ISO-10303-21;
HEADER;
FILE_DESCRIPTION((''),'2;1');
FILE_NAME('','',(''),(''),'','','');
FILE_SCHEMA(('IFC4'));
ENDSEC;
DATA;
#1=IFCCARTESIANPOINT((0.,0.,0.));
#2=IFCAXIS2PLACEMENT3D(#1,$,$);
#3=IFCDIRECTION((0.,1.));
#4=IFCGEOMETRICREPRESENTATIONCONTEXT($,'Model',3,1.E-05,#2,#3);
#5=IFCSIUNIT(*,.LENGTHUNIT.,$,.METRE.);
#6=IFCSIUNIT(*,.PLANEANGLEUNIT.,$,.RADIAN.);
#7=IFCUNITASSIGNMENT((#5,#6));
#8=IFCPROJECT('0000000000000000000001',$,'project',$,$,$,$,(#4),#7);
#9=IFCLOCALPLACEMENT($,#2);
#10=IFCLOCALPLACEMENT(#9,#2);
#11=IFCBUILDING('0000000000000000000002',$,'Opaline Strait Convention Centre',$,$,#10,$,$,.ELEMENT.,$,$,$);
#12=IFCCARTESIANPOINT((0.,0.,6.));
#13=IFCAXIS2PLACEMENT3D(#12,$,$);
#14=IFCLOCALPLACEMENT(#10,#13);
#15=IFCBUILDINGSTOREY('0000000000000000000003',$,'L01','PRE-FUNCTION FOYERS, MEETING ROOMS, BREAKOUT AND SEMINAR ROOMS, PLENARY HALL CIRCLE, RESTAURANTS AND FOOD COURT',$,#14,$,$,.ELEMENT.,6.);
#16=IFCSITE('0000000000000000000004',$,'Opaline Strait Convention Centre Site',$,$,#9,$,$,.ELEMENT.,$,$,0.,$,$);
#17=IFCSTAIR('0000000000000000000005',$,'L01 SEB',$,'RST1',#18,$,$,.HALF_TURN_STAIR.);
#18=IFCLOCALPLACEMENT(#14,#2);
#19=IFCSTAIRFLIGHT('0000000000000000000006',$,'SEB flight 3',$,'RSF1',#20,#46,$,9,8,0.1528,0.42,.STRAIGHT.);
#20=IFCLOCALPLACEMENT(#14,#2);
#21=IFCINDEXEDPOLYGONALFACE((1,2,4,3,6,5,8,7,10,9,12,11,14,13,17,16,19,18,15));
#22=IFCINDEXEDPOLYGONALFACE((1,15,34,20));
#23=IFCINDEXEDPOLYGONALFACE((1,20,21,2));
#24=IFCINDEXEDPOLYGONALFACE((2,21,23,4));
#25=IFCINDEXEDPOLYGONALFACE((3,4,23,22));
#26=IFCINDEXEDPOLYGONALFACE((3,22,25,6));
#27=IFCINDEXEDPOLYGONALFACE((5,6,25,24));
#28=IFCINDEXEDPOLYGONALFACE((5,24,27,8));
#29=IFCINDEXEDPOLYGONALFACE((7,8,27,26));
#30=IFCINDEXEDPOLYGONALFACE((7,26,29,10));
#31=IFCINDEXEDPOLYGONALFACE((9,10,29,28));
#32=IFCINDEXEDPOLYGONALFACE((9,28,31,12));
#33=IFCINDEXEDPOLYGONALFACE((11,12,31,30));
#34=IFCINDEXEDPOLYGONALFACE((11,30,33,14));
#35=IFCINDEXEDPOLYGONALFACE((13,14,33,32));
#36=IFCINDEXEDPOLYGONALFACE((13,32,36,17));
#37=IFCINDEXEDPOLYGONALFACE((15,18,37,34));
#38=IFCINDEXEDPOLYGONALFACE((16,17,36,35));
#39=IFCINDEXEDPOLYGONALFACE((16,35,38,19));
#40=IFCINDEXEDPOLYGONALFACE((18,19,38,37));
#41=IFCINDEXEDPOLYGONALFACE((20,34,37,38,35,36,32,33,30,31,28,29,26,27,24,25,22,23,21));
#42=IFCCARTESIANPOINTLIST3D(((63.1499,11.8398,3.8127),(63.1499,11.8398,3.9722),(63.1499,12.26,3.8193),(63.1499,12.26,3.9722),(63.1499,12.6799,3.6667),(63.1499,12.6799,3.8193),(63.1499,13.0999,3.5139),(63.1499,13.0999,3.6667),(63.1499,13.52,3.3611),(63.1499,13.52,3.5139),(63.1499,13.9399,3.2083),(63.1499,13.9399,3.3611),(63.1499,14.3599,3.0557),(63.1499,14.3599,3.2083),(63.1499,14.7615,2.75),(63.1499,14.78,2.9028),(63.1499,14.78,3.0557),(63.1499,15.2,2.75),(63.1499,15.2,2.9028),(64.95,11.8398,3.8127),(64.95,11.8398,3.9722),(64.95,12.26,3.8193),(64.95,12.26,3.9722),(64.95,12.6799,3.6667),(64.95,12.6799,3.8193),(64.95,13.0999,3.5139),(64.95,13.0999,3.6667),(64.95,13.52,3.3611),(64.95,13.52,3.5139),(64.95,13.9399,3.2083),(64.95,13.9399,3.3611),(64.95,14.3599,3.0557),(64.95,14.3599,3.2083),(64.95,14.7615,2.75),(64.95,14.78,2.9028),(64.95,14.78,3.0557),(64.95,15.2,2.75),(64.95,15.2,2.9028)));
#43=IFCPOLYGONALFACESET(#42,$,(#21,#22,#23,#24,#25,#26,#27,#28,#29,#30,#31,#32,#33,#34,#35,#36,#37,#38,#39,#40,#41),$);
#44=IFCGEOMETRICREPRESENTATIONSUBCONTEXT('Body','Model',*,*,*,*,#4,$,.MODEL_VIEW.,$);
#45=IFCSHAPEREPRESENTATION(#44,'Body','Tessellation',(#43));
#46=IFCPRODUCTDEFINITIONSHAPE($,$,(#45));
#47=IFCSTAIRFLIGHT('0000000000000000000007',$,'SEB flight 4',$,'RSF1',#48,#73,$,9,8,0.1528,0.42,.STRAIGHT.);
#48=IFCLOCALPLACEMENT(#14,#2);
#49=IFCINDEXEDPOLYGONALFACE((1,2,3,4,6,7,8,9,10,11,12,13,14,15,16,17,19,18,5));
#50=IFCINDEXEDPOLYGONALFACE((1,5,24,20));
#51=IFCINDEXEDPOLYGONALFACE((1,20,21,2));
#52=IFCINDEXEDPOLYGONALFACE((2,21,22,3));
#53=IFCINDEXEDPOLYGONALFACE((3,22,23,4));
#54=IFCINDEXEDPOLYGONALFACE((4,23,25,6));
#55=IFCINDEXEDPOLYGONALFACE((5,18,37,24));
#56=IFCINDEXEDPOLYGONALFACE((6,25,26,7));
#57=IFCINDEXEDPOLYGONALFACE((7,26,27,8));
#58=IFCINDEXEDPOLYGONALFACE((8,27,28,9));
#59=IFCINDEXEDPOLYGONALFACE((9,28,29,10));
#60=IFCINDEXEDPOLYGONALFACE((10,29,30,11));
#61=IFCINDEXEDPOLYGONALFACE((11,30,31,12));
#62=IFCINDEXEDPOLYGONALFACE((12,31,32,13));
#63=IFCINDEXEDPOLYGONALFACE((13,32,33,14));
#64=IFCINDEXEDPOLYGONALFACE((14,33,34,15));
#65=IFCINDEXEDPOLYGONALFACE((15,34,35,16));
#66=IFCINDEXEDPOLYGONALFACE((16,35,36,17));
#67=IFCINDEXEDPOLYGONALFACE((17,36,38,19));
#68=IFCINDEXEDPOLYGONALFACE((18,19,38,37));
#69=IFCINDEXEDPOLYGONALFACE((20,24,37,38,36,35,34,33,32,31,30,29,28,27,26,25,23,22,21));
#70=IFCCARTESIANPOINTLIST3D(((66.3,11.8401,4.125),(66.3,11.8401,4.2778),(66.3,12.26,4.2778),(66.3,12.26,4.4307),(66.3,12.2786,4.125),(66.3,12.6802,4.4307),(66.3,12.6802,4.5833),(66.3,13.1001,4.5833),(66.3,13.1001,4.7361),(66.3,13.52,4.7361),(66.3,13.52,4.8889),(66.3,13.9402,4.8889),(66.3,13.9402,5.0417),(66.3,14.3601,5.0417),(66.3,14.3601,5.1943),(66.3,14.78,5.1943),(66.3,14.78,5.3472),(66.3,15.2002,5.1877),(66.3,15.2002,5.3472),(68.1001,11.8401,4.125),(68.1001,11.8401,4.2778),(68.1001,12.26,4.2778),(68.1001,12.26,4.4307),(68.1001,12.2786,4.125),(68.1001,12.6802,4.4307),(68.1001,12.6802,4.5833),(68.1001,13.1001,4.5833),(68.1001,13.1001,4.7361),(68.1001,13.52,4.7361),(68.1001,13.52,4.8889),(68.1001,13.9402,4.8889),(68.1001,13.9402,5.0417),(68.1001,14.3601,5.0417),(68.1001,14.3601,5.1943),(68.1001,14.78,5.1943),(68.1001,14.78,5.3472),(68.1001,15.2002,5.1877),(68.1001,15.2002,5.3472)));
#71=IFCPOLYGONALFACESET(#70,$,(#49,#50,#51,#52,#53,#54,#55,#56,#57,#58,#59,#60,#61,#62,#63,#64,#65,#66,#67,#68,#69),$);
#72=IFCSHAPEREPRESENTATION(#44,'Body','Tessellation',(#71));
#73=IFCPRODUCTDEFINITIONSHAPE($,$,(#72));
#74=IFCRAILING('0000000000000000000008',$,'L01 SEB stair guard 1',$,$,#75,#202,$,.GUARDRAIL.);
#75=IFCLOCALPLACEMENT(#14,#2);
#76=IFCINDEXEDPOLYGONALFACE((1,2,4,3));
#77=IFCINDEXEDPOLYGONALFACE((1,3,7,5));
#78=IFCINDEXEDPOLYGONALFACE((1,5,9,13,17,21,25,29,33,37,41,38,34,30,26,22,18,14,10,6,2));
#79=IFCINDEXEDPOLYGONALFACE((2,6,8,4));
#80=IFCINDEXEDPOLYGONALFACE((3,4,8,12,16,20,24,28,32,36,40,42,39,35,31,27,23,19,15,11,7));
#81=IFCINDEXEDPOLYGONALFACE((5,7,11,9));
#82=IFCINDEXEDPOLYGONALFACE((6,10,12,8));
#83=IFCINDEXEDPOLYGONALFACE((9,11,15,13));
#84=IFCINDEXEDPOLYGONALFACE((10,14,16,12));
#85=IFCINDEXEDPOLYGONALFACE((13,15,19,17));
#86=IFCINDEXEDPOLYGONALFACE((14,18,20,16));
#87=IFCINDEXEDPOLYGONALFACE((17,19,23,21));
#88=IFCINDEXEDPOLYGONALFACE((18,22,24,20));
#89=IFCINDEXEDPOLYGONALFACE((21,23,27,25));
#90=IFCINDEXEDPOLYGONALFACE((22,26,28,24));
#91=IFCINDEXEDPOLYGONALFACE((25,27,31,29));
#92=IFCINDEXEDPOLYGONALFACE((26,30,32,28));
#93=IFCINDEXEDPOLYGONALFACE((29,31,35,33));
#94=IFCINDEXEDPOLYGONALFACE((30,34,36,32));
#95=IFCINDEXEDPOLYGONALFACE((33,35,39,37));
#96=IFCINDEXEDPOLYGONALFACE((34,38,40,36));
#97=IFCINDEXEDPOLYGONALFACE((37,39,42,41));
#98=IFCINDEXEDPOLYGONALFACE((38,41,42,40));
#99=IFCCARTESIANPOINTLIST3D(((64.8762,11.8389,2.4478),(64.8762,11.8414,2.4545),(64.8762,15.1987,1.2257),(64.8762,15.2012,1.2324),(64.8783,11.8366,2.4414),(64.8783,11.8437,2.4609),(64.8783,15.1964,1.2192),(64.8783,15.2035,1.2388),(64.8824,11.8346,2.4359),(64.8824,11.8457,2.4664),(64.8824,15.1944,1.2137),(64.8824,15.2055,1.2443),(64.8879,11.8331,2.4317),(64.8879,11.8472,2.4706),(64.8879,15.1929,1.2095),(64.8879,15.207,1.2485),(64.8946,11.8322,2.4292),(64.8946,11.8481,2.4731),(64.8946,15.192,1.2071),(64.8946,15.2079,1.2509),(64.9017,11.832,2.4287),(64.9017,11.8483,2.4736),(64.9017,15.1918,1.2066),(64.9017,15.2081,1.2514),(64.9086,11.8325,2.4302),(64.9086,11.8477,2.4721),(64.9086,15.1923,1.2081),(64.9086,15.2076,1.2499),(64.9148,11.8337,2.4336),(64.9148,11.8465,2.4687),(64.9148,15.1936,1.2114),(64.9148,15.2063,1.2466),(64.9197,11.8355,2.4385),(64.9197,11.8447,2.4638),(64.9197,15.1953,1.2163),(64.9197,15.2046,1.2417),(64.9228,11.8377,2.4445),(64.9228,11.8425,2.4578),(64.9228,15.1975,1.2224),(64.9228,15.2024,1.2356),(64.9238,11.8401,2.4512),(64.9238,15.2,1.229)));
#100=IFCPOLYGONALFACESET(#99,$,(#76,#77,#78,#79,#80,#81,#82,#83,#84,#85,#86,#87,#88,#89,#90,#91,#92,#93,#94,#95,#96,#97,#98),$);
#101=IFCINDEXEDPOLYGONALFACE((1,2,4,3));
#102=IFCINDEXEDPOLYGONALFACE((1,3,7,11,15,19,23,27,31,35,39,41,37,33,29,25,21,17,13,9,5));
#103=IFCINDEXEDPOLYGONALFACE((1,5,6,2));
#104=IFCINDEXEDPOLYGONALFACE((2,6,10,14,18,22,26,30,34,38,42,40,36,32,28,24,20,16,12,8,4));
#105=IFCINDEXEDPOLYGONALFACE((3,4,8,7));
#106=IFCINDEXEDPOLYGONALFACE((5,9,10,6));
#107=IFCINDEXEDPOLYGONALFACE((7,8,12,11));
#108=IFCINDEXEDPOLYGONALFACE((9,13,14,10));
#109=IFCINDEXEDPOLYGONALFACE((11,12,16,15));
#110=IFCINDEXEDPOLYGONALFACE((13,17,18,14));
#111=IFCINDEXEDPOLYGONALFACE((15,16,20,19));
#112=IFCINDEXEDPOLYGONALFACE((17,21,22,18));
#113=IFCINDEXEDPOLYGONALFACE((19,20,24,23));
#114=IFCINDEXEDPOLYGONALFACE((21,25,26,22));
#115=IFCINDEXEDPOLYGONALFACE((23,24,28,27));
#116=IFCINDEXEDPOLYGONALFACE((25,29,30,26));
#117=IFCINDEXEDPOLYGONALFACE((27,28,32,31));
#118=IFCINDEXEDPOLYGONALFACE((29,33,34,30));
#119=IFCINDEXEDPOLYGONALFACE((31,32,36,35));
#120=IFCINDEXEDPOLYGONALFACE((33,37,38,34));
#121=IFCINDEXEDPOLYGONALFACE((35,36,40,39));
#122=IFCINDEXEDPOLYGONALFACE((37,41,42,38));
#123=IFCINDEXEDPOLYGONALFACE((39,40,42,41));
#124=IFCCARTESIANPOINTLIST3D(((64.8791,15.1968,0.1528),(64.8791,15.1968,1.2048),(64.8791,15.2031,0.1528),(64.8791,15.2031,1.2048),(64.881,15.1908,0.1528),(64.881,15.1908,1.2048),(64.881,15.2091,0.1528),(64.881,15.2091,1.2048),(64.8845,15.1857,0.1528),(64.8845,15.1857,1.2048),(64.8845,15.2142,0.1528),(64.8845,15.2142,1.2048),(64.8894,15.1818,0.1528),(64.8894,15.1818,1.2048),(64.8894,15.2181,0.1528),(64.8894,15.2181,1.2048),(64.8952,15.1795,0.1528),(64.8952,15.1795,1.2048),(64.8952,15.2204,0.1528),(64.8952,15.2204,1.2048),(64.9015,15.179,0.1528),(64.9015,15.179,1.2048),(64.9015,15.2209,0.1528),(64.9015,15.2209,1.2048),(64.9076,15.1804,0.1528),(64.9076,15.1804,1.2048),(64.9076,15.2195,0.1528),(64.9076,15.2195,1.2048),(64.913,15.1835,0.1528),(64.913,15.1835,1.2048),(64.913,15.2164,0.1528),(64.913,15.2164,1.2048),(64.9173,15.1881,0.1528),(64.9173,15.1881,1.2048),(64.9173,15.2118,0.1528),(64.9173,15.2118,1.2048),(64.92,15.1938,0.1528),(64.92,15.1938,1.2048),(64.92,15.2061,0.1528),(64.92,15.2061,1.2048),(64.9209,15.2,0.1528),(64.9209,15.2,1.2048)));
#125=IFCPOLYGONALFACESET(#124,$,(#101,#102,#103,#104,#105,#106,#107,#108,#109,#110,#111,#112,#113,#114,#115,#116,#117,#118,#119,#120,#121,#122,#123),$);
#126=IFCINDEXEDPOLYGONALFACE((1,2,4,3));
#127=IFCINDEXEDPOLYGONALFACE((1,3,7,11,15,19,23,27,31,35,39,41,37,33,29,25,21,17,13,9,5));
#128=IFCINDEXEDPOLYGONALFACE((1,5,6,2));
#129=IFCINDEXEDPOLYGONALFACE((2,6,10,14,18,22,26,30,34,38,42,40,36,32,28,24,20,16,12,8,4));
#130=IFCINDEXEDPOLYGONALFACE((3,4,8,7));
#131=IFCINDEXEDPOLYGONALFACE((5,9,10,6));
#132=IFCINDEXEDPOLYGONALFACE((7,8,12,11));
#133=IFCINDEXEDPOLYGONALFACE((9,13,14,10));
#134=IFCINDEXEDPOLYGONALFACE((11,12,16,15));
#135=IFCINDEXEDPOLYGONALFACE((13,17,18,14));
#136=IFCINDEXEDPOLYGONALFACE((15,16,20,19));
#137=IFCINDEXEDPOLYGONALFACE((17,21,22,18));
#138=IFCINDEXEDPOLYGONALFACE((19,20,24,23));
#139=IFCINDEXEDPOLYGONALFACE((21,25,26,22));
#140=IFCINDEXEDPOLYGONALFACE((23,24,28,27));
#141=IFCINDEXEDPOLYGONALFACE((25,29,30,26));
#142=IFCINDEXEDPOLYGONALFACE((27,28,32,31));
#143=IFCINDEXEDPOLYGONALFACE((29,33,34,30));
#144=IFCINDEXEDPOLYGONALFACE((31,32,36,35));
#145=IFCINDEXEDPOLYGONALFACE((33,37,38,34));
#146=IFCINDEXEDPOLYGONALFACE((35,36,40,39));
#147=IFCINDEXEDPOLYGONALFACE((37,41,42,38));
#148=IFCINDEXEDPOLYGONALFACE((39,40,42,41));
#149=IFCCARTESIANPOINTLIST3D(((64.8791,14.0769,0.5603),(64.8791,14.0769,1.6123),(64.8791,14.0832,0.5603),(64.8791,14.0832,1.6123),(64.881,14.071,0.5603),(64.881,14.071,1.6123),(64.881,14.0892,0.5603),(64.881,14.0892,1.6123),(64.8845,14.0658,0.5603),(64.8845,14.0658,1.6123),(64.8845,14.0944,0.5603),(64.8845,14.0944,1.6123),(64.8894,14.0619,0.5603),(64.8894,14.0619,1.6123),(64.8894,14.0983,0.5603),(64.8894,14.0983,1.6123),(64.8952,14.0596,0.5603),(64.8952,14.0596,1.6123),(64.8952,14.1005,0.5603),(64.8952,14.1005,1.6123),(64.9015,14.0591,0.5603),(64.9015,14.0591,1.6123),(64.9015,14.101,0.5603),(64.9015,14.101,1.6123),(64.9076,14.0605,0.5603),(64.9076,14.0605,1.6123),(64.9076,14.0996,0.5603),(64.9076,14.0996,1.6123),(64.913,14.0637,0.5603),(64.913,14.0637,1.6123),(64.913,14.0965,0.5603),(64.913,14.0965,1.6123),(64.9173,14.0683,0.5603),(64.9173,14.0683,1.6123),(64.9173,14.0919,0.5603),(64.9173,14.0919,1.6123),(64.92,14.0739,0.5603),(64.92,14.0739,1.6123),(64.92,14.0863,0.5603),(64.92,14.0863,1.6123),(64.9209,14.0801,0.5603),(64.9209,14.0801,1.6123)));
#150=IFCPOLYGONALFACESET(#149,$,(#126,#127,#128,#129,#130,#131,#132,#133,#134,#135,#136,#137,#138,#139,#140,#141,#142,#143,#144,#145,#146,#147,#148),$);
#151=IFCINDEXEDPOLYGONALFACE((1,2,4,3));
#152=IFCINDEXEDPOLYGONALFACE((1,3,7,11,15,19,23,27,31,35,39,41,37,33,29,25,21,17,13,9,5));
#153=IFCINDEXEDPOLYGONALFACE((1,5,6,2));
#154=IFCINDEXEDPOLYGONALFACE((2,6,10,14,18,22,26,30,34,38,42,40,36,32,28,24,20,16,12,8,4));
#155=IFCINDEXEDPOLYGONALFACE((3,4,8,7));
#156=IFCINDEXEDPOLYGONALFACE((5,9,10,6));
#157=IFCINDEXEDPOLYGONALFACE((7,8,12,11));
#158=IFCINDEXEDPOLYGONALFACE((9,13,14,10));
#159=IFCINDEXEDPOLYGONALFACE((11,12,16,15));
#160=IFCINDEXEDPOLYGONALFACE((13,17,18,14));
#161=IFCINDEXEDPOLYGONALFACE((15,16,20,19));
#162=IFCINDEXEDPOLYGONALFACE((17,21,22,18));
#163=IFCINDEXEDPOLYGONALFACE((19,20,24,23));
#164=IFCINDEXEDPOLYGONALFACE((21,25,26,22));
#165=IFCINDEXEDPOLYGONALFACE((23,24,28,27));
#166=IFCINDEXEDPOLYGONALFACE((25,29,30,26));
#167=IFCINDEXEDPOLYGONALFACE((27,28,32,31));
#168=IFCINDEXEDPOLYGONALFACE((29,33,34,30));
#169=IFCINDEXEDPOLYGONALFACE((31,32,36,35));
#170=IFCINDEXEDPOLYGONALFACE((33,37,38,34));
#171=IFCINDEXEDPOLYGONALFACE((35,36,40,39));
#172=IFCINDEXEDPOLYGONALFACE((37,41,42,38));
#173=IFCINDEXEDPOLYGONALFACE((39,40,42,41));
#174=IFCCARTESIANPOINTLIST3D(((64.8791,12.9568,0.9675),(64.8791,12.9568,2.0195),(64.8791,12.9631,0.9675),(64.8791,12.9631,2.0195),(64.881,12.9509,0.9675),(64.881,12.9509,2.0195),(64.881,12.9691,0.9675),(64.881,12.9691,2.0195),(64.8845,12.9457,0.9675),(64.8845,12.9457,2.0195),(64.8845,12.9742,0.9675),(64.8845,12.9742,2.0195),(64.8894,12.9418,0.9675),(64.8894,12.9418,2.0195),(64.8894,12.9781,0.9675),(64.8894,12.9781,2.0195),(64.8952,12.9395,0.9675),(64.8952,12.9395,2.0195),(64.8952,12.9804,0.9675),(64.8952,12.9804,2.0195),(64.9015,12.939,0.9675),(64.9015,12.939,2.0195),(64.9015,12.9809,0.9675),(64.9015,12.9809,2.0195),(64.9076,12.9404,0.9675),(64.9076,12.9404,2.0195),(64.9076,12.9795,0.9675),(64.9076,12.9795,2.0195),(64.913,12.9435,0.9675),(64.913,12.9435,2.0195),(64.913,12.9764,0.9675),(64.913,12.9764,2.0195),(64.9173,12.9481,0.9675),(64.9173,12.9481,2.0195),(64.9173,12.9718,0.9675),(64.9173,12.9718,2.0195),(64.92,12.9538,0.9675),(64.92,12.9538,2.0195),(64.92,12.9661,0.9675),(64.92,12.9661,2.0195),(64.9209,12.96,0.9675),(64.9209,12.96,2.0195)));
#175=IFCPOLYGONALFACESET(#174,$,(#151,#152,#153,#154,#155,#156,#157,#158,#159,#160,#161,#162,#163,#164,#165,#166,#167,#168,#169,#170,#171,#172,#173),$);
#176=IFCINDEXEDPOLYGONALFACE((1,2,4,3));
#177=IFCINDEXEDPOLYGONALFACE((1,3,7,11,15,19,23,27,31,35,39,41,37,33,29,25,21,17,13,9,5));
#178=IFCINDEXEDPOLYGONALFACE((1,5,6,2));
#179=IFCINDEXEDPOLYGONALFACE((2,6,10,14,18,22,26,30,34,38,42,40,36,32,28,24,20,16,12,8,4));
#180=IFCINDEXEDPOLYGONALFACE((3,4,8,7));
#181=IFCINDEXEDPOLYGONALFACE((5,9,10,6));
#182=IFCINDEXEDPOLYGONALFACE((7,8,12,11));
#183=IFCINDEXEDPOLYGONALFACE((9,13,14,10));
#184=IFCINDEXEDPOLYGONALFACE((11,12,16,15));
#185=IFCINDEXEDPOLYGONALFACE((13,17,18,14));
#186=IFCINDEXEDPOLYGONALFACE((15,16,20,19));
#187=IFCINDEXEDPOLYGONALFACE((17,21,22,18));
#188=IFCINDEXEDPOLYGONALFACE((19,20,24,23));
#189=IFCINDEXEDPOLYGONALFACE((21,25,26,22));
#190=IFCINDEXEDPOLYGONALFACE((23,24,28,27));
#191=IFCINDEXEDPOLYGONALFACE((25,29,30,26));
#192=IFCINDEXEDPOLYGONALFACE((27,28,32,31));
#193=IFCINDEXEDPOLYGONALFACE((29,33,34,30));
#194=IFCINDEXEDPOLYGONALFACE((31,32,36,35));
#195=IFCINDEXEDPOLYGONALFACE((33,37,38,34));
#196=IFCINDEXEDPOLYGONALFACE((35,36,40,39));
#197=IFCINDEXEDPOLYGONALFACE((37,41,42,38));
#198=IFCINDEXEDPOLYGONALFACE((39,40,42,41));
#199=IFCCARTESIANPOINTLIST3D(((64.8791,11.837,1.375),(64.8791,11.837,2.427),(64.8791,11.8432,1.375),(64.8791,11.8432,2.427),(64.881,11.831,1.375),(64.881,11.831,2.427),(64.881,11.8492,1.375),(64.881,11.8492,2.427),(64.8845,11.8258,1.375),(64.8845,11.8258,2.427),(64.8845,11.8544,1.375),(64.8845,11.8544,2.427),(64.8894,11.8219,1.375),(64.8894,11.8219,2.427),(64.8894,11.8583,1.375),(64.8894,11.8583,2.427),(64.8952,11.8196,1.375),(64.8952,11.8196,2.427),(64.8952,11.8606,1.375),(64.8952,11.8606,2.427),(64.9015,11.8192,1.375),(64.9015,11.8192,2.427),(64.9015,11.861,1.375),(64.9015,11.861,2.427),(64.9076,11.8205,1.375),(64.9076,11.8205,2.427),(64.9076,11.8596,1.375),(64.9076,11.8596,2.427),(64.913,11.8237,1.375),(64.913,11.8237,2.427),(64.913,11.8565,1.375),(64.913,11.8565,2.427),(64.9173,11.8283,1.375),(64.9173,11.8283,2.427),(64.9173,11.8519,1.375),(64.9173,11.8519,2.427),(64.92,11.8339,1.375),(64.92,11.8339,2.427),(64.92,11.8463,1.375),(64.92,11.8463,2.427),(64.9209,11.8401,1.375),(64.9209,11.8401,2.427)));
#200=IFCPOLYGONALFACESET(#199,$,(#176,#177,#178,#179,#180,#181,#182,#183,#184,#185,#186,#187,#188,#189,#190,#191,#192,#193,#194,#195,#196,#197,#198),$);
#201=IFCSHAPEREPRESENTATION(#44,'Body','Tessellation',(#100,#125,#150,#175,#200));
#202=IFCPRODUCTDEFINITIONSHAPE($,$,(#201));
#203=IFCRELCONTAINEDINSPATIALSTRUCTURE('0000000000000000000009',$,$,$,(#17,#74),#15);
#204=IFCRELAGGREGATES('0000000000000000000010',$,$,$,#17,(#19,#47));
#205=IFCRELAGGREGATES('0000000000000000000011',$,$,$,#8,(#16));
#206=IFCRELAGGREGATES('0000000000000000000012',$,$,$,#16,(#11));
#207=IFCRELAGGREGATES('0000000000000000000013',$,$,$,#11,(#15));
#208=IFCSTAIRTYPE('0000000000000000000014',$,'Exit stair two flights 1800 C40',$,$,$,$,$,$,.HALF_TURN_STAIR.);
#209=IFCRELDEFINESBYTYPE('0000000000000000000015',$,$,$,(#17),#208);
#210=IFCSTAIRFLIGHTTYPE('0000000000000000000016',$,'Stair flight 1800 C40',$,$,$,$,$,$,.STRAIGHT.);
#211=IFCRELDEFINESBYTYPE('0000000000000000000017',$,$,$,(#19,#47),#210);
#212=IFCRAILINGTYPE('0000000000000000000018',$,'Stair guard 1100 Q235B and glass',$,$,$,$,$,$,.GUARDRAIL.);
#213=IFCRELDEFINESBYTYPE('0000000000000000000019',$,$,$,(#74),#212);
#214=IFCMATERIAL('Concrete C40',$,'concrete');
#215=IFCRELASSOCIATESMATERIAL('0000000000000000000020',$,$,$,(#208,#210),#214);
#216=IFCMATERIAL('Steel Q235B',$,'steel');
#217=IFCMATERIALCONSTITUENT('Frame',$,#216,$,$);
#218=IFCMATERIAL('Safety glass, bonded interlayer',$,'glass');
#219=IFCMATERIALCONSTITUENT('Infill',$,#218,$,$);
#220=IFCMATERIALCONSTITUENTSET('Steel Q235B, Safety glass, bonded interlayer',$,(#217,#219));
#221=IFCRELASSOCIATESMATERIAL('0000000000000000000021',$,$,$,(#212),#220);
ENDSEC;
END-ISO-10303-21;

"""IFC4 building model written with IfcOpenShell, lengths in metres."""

from ifc_helpers import new_model, si_unit, direction, frame, origin, origin_2d, place, context, subcontext, project, spatial, polyline, circle, outline, extrude, material, constituent, constituent_set, type_object, element, aggregate, save


model = new_model("IFC4")

# Units and contexts
model_context = context("Model", 3, precision=1e-05, world=origin(), true_north=direction((0.0, 1.0)))
body_context = subcontext(model_context, "Body", "Model", "MODEL_VIEW")
ifc_project = project(units=[si_unit("LENGTHUNIT", "METRE"), si_unit("PLANEANGLEUNIT", "RADIAN")], contexts=[model_context])

# Site, building, storey
site_placement = place(None, origin())
site = spatial("IfcSite", under=ifc_project, at=site_placement, Name="Opaline Strait Convention Centre Site", CompositionType="ELEMENT", RefElevation=0.0)
building_placement = place(site_placement, origin())
building = spatial("IfcBuilding", under=site, at=building_placement, Name="Opaline Strait Convention Centre", CompositionType="ELEMENT")
storey_placement = place(building_placement, frame((0.0, 0.0, 6.0)))
storey = spatial("IfcBuildingStorey", under=building, at=storey_placement, Name="L01", Description="PRE-FUNCTION FOYERS, MEETING ROOMS, BREAKOUT AND SEMINAR ROOMS, PLENARY HALL CIRCLE, RESTAURANTS AND FOOD COURT", CompositionType="ELEMENT", Elevation=6.0)

# Shared definitions
ifc_material_1 = material(Name="Concrete C40", Category="concrete")

# Stair, stair flights
stair_type = type_object("IfcStairType", Name="Exit stair two flights 1800 C40", PredefinedType="HALF_TURN_STAIR", material=ifc_material_1)
stair_placement = place(storey_placement, origin())
stair = element("IfcStair", 1, at=stair_placement, inside=storey, type_object=stair_type, Name="L01 SEB", ObjectType="RST1", PredefinedType="HALF_TURN_STAIR")
stair_flight_type = type_object("IfcStairFlightType", Name="Stair flight 1800 C40", PredefinedType="STRAIGHT", material=ifc_material_1)
stair_flight_1_placement = place(storey_placement, frame((64.05, 15.2, 2.75), z_axis=(0.0, 0.0, 1.0), x_axis=(0.0, -1.0, 0.0)))
stair_flight_1 = element("IfcStairFlight", 2, at=stair_flight_1_placement, type_object=stair_flight_type, Name="SEB flight 3", ObjectType="RSF1", NumberOfRisers=9, NumberOfTreads=8, PredefinedType="STRAIGHT", RiserHeight=0.1528, TreadLength=0.42, context=body_context, shape_type="SweptSolid", body=[
    extrude(outline(polyline([(0.0, 0.0), (0.0, 0.1528), (0.4199, 0.1528), (0.4199, 0.3057), (0.8401, 0.3057), (0.8401, 0.4583), (1.26, 0.4583), (1.26, 0.6111), (1.6799, 0.6111), (1.6799, 0.7639), (2.1001, 0.7639), (2.1001, 0.9167), (2.52, 0.9167), (2.52, 1.0693), (2.9399, 1.0693), (2.9399, 1.2222), (3.3601, 1.2222), (3.3601, 1.375), (3.3601, 1.0627), (0.4385, 0.0), (0.0, 0.0)])), frame((0.0, 0.8999, 0.0), z_axis=(0.0, -1.0, 0.0), x_axis=(1.0, 0.0, 0.0)), (0.0, 0.0, 1.0), 1.8),
])
stair_flight_2_placement = place(storey_placement, frame((67.2, 11.8401, 4.125), z_axis=(0.0, 0.0, 1.0), x_axis=(0.0, 1.0, 0.0)))
stair_flight_2 = element("IfcStairFlight", 3, at=stair_flight_2_placement, type_object=stair_flight_type, Name="SEB flight 4", ObjectType="RSF1", NumberOfRisers=9, NumberOfTreads=8, PredefinedType="STRAIGHT", RiserHeight=0.1528, TreadLength=0.42, context=body_context, shape_type="SweptSolid", body=[
    extrude(outline(polyline([(0.0, 0.0), (0.0, 0.1528), (0.4199, 0.1528), (0.4199, 0.3057), (0.8401, 0.3057), (0.8401, 0.4583), (1.26, 0.4583), (1.26, 0.6111), (1.6799, 0.6111), (1.6799, 0.7639), (2.1001, 0.7639), (2.1001, 0.9167), (2.52, 0.9167), (2.52, 1.0693), (2.9399, 1.0693), (2.9399, 1.2222), (3.3601, 1.2222), (3.3601, 1.375), (3.3601, 1.0627), (0.4385, 0.0), (0.0, 0.0)])), frame((0.0, 0.8999, 0.0), z_axis=(0.0, -1.0, 0.0), x_axis=(1.0, 0.0, 0.0)), (0.0, 0.0, 1.0), 1.8),
])
aggregate(stair, [stair_flight_1, stair_flight_2])

# Railing
ifc_material_2 = material(Name="Steel Q235B", Category="steel")
ifc_constituent_1 = constituent(ifc_material_2, Name="Frame")
ifc_material_3 = material(Name="Safety glass, bonded interlayer", Category="glass")
ifc_constituent_2 = constituent(ifc_material_3, Name="Infill")
ifc_constituent_set = constituent_set(constituents=[ifc_constituent_1, ifc_constituent_2], Name="Steel Q235B, Safety glass, bonded interlayer")
railing_type_1 = type_object("IfcRailingType", Name="Stair guard 1100 Q235B and glass", PredefinedType="GUARDRAIL", material=ifc_constituent_set)
railing_1_placement = place(storey_placement, frame((64.8999, 15.2, 0.1528)))
element("IfcRailing", 4, at=railing_1_placement, inside=storey, type_object=railing_type_1, Name="L01 SEB stair guard 1", PredefinedType="GUARDRAIL", context=body_context, shape_type="SweptSolid", body=[
    extrude(circle(Radius=0.0239, at=origin_2d()), frame((0.0, 0.0, 1.0762), z_axis=(0.0, -0.939758, 0.341842), x_axis=(1.0, 0.0, 0.0)), (0.0, 0.0, 1.0), 3.5752),
    extrude(circle(Radius=0.021, at=origin_2d()), origin(), (0.0, 0.0, 1.0), 1.052),
    extrude(circle(Radius=0.021, at=origin_2d()), frame((0.0, -1.1199, 0.4075)), (0.0, 0.0, 1.0), 1.052),
    extrude(circle(Radius=0.021, at=origin_2d()), frame((0.0, -2.24, 0.8147)), (0.0, 0.0, 1.0), 1.052),
    extrude(circle(Radius=0.021, at=origin_2d()), frame((0.0, -3.3599, 1.2222)), (0.0, 0.0, 1.0), 1.052),
])

save(model, "model.ifc")
